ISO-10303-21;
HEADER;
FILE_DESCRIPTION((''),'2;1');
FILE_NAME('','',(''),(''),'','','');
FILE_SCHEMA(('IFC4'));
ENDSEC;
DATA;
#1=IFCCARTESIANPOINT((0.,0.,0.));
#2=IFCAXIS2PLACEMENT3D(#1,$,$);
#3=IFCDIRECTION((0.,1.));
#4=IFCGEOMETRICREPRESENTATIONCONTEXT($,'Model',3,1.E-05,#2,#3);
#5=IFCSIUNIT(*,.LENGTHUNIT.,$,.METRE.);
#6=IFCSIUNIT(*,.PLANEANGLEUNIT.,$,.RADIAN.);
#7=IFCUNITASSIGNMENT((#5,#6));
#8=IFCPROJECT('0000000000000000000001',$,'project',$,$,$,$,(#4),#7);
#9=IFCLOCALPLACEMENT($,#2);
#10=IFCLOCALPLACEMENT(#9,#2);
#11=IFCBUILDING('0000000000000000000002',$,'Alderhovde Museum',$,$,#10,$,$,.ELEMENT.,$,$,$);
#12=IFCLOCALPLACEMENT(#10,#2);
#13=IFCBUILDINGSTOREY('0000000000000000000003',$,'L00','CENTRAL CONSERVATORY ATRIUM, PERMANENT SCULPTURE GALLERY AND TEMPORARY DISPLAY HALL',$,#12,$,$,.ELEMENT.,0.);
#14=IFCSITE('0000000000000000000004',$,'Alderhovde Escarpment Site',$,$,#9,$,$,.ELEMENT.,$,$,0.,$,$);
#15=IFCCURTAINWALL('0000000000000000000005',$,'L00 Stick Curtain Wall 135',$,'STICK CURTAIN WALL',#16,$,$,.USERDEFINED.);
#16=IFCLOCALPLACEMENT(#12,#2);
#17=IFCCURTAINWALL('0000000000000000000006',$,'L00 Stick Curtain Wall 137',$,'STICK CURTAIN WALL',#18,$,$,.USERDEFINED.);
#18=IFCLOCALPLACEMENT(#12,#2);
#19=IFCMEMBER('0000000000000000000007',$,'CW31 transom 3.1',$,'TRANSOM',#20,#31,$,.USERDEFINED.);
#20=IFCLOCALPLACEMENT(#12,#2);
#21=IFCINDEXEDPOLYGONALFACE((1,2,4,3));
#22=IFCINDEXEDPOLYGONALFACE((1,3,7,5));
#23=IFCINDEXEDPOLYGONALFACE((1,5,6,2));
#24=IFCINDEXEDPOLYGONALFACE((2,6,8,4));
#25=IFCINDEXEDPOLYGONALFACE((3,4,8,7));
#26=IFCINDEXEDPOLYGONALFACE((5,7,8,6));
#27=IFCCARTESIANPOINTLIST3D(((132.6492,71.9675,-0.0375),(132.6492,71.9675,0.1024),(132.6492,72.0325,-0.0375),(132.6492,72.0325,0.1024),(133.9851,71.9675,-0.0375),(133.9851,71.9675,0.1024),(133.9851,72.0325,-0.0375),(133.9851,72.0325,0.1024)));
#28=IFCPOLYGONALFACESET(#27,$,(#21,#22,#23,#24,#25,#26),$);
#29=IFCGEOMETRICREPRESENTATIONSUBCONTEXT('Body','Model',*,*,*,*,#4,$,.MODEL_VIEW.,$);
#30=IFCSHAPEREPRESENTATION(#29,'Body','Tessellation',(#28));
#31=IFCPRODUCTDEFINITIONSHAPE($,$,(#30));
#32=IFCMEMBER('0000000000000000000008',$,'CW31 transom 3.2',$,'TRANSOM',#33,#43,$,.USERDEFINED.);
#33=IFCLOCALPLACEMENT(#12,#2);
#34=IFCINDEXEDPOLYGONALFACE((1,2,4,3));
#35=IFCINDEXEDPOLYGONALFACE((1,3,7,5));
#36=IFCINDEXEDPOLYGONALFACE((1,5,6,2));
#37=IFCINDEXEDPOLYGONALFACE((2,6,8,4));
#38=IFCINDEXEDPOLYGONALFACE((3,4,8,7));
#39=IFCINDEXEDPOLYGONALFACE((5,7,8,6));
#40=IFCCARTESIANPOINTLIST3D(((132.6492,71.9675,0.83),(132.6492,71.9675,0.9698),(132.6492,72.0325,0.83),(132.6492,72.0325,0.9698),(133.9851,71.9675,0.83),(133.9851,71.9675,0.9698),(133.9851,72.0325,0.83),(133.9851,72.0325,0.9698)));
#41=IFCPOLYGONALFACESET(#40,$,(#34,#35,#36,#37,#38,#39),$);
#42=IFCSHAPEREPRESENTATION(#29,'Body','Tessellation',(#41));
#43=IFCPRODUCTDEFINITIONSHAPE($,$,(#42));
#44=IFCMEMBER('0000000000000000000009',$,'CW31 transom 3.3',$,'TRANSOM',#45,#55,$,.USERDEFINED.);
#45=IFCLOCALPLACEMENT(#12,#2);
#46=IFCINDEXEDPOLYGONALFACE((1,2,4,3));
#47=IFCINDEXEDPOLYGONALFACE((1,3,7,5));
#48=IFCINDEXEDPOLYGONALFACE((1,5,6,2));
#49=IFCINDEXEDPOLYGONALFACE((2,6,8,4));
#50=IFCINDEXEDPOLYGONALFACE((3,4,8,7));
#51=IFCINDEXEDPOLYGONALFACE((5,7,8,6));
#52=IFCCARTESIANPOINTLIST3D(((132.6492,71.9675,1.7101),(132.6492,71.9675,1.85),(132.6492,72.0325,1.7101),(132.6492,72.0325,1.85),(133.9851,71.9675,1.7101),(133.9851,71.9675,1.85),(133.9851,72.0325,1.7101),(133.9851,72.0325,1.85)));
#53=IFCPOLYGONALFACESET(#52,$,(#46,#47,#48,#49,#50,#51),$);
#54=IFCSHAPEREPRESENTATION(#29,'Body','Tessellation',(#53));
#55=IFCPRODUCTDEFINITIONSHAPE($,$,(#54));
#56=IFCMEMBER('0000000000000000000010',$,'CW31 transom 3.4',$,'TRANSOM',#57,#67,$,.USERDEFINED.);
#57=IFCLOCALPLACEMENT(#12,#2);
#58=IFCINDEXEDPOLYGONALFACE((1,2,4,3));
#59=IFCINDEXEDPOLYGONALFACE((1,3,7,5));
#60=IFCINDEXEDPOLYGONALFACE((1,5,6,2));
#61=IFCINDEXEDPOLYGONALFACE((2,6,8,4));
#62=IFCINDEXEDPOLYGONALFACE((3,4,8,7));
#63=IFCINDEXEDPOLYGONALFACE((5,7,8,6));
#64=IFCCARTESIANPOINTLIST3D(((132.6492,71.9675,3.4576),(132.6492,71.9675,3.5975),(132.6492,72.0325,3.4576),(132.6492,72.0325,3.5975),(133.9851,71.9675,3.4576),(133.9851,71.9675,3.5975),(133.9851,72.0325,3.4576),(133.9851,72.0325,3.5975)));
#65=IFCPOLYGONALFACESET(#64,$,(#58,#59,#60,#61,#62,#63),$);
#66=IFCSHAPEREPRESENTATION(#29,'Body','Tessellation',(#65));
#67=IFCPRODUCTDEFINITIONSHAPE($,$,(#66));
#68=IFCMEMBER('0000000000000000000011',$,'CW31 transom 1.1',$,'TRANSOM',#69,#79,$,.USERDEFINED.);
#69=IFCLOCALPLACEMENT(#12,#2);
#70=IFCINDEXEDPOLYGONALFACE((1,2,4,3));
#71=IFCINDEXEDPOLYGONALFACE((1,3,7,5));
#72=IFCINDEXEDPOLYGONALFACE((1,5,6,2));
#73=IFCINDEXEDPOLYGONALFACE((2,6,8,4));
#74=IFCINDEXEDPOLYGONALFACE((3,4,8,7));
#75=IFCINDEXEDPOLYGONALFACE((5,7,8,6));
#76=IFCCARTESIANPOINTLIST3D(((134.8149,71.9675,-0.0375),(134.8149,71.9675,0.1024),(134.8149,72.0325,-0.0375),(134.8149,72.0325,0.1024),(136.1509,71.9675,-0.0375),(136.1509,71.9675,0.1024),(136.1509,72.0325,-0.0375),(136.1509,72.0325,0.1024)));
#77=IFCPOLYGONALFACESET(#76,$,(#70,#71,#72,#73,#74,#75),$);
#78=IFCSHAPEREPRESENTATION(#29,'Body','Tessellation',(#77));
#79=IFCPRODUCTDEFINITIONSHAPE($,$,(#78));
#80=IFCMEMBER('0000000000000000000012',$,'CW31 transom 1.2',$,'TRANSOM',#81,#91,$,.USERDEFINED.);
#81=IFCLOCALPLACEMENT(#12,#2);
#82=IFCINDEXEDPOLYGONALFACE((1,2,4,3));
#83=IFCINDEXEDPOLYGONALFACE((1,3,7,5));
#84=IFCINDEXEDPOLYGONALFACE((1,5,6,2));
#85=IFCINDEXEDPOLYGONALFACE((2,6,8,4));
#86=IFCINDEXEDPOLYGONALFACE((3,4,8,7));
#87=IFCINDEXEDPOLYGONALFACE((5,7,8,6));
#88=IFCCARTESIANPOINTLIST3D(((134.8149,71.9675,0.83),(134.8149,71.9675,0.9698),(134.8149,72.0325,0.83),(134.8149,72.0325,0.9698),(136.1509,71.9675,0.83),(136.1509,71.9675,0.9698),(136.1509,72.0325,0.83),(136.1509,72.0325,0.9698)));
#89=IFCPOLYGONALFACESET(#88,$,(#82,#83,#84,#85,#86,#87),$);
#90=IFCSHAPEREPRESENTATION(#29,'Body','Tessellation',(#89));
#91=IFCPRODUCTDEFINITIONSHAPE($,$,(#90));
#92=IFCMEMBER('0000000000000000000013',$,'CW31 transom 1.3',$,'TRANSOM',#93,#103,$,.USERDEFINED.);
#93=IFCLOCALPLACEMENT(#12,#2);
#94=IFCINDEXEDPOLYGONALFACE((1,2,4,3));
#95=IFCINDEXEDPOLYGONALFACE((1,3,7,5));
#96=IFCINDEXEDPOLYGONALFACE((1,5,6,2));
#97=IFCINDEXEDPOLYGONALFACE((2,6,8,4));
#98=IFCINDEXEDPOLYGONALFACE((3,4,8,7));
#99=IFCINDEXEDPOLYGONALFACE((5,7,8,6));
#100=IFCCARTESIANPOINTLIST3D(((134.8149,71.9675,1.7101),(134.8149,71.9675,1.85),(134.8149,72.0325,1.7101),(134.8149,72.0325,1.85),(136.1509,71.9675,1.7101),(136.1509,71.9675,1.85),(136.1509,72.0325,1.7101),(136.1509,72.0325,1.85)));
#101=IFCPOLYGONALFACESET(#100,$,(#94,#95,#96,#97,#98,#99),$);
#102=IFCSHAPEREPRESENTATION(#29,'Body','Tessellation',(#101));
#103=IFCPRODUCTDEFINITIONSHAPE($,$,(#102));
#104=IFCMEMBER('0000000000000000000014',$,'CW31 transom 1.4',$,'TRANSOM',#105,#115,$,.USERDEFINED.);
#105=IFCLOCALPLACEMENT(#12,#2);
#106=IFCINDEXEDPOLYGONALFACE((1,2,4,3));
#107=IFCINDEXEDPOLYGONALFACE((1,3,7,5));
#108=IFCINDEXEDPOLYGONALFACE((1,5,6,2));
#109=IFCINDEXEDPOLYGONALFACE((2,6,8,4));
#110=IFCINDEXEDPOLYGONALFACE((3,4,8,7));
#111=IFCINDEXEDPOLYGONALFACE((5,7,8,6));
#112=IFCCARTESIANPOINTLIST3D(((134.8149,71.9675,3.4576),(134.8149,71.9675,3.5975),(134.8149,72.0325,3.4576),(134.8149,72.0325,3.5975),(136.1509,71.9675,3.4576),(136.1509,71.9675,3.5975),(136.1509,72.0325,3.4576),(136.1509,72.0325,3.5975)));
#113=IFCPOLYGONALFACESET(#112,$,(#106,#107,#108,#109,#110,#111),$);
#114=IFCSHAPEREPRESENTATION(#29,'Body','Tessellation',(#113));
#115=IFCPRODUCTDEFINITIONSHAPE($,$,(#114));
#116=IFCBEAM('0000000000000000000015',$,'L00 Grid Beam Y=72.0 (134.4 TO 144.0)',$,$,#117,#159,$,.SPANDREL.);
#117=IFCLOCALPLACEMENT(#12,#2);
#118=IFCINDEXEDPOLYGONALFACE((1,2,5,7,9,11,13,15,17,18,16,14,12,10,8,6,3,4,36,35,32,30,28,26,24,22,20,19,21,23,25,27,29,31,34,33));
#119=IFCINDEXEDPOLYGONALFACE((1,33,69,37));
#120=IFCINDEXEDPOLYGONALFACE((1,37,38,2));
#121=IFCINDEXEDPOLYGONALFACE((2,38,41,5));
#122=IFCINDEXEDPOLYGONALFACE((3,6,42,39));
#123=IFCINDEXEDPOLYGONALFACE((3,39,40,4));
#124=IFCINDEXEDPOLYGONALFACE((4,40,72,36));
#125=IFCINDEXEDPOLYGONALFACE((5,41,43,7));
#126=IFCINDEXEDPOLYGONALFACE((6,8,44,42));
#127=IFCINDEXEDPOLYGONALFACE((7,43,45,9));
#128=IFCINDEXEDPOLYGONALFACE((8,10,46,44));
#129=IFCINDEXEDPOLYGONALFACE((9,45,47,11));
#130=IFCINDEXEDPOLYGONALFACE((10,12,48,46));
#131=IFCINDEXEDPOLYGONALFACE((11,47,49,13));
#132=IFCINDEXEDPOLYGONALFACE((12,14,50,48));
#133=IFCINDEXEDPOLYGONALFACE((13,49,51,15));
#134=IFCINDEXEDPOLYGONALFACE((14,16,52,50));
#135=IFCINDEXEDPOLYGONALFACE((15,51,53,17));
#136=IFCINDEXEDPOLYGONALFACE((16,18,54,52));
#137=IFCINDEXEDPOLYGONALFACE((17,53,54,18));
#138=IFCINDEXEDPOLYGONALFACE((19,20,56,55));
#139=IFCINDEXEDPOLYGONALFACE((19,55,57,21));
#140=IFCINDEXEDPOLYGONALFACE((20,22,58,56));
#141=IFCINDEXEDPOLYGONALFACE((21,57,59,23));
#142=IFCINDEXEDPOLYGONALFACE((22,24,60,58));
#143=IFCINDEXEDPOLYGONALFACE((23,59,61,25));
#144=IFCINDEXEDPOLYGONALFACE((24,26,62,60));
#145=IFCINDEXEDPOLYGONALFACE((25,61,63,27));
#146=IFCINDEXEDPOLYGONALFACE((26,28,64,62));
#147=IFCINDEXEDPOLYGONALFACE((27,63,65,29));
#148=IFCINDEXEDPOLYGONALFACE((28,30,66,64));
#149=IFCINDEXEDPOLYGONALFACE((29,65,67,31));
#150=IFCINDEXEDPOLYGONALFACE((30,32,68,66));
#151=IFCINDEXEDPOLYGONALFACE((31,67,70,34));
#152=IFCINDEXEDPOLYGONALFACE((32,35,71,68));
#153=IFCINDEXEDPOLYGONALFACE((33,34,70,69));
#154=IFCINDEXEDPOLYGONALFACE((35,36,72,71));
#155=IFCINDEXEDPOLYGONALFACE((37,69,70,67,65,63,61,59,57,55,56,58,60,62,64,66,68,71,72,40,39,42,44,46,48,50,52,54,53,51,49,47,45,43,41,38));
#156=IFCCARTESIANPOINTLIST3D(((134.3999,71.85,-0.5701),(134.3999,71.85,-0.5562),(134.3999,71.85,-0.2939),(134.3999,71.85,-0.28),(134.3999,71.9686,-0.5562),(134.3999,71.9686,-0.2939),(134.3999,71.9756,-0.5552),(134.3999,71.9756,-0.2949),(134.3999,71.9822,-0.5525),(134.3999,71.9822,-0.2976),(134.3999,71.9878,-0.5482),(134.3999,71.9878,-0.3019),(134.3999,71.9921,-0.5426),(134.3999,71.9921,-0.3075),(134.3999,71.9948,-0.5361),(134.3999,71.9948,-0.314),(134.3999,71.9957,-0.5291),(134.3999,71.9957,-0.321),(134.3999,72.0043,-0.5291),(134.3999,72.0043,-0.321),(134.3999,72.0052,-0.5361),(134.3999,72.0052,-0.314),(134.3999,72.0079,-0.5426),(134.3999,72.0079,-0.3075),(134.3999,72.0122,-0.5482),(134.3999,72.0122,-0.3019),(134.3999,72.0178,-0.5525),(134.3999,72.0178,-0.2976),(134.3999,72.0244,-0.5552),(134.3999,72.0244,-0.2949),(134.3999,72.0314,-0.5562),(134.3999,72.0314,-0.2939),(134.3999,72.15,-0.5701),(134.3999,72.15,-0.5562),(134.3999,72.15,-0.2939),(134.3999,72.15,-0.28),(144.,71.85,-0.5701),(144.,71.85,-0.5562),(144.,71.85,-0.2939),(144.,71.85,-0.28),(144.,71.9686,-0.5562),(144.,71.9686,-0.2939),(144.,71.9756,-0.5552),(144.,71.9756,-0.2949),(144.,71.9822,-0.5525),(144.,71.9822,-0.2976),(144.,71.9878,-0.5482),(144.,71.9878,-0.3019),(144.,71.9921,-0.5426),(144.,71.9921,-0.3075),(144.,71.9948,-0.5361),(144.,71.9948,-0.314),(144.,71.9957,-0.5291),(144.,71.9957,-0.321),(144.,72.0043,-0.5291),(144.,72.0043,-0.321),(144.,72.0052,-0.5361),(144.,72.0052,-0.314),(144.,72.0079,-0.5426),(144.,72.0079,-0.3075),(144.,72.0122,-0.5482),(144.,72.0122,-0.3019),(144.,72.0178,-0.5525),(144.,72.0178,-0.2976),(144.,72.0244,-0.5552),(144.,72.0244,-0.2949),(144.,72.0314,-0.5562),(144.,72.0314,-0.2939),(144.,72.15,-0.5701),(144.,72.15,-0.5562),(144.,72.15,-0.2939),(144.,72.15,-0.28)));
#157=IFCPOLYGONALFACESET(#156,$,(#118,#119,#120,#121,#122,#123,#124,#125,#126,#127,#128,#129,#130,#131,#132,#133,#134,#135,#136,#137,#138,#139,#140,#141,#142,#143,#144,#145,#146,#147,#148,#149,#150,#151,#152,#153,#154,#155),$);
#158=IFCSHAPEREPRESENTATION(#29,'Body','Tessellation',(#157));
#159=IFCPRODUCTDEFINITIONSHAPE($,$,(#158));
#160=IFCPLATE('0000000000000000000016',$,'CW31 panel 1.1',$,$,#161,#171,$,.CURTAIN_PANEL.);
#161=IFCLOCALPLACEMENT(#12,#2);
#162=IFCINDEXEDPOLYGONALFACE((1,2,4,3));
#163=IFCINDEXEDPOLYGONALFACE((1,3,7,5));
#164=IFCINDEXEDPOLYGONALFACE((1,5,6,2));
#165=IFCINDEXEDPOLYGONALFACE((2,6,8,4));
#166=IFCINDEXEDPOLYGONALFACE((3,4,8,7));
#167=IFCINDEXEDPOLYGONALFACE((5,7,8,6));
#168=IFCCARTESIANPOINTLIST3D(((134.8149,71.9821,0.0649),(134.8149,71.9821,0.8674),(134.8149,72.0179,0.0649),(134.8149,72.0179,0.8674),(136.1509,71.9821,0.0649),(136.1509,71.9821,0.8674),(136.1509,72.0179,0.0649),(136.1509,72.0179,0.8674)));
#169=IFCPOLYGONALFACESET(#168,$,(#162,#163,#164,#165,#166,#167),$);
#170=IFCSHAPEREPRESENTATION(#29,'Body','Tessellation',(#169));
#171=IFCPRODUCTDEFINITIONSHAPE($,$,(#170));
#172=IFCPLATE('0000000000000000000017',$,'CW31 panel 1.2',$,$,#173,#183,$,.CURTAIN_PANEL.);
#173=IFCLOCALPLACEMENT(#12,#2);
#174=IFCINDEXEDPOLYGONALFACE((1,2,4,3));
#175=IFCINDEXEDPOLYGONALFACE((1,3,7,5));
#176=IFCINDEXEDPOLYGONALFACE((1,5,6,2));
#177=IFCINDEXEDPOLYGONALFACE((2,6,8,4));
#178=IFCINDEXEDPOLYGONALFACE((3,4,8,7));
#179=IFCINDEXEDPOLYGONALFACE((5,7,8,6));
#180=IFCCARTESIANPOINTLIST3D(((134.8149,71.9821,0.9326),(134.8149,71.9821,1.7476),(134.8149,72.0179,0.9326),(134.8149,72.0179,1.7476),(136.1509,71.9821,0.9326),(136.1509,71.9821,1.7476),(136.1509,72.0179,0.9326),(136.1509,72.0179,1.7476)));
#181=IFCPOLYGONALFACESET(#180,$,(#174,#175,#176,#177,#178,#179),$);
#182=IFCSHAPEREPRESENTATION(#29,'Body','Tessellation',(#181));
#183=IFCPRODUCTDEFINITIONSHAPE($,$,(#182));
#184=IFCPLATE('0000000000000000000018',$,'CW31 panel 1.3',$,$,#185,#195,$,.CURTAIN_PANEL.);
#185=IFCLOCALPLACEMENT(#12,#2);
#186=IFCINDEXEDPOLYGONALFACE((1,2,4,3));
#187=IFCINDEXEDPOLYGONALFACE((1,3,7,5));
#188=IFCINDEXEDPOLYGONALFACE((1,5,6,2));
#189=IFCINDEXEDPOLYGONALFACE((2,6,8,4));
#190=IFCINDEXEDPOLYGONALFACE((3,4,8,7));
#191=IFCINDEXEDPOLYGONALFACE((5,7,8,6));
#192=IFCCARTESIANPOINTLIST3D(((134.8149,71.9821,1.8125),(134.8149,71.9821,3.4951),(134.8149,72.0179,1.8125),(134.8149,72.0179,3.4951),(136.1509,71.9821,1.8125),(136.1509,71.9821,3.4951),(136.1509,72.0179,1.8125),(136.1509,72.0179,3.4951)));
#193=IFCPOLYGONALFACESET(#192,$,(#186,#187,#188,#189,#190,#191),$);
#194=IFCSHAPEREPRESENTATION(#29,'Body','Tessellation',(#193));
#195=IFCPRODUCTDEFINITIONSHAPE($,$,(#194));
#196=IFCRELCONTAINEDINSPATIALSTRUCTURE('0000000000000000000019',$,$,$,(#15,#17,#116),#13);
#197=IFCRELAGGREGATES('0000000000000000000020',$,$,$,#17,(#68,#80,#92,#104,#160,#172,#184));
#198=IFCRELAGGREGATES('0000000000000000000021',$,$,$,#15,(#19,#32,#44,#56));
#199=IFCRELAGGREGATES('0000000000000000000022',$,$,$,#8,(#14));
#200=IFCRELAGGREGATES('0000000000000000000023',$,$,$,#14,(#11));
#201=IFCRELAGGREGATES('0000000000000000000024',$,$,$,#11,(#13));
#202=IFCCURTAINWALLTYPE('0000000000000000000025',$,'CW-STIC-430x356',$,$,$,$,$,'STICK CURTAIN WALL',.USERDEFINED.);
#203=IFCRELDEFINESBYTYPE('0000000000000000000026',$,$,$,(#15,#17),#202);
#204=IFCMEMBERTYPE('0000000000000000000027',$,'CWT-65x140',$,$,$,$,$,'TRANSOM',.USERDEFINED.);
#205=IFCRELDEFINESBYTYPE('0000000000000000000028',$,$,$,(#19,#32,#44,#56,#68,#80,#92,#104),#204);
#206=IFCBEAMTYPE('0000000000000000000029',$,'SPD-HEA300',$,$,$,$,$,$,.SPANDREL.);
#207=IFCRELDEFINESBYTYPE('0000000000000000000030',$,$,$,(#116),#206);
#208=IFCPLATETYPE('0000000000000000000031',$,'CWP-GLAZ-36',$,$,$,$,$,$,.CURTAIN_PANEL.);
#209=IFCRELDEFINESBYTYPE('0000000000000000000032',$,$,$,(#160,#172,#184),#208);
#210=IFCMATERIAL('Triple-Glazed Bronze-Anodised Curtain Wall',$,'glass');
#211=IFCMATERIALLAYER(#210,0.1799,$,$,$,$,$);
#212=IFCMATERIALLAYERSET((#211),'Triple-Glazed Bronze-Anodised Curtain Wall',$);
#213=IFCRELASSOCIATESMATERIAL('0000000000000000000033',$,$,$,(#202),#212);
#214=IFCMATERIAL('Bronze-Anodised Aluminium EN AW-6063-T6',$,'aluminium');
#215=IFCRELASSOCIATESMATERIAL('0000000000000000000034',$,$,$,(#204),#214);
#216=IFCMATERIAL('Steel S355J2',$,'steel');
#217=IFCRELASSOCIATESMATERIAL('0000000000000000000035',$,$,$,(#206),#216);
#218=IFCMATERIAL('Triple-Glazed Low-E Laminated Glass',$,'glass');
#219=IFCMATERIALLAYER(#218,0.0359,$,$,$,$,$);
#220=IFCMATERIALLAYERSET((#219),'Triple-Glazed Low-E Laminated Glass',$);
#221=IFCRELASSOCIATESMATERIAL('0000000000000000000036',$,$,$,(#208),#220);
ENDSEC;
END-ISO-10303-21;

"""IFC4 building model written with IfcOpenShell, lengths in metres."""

from ifc_helpers import new_model, si_unit, direction, frame, origin, origin_2d, place, context, subcontext, project, spatial, rectangle, i_section, extrude, material, layer, layer_set, material_profile, profile_set, type_object, element, aggregate, save


model = new_model("IFC4")

# Units and contexts
model_context = context("Model", 3, precision=1e-05, world=origin(), true_north=direction((0.0, 1.0)))
body_context = subcontext(model_context, "Body", "Model", "MODEL_VIEW")
ifc_project = project(units=[si_unit("LENGTHUNIT", "METRE"), si_unit("PLANEANGLEUNIT", "RADIAN")], contexts=[model_context])

# Site, building, storey
site_placement = place(None, origin())
site = spatial("IfcSite", under=ifc_project, at=site_placement, Name="Alderhovde Escarpment Site", CompositionType="ELEMENT", RefElevation=0.0)
building_placement = place(site_placement, origin())
building = spatial("IfcBuilding", under=site, at=building_placement, Name="Alderhovde Museum", CompositionType="ELEMENT")
storey_placement = place(building_placement, origin())
storey = spatial("IfcBuildingStorey", under=building, at=storey_placement, Name="L00", Description="CENTRAL CONSERVATORY ATRIUM, PERMANENT SCULPTURE GALLERY AND TEMPORARY DISPLAY HALL", CompositionType="ELEMENT", Elevation=0.0)

# Curtain walls
ifc_material_1 = material(Name="Triple-Glazed Bronze-Anodised Curtain Wall", Category="glass")
ifc_layer_1 = layer(ifc_material_1, 0.1799)
ifc_layer_set_1 = layer_set([ifc_layer_1], Name="Triple-Glazed Bronze-Anodised Curtain Wall")
curtain_wall_type = type_object("IfcCurtainWallType", Name="CW-STIC-430x356", ElementType="STICK CURTAIN WALL", PredefinedType="USERDEFINED", material=ifc_layer_set_1)
curtain_wall_1_placement = place(storey_placement, origin())
curtain_wall_1 = element("IfcCurtainWall", 1, at=curtain_wall_1_placement, inside=storey, type_object=curtain_wall_type, Name="L00 Stick Curtain Wall 135", ObjectType="STICK CURTAIN WALL", PredefinedType="USERDEFINED")
curtain_wall_2_placement = place(storey_placement, origin())
curtain_wall_2 = element("IfcCurtainWall", 2, at=curtain_wall_2_placement, inside=storey, type_object=curtain_wall_type, Name="L00 Stick Curtain Wall 137", ObjectType="STICK CURTAIN WALL", PredefinedType="USERDEFINED")

# Members
ifc_material_2 = material(Name="Bronze-Anodised Aluminium EN AW-6063-T6", Category="aluminium")
ifc_material_profile_1 = material_profile(ifc_material_2, rectangle(XDim=0.0649, YDim=0.1399, at=origin_2d()), Name="TRANSOM 65x140")
ifc_profile_set_1 = profile_set([ifc_material_profile_1], Name="Bronze-Anodised Aluminium EN AW-6063-T6")
member_type_1 = type_object("IfcMemberType", Name="CWT-65x140", ElementType="TRANSOM", PredefinedType="USERDEFINED", material=ifc_profile_set_1)
member_1_placement = place(storey_placement, frame((132.6492, 72.0, 0.0325), z_axis=(1.0, 0.0, 0.0), x_axis=(0.0, 1.0, 0.0)))
member_1 = element("IfcMember", 3, at=member_1_placement, type_object=member_type_1, Name="CW31 transom 3.1", ObjectType="TRANSOM", PredefinedType="USERDEFINED", context=body_context, shape_type="SweptSolid", body=[
    extrude(rectangle(XDim=0.0649, YDim=0.1399, at=origin_2d()), origin(), (0.0, 0.0, 1.0), 1.3359),
])
member_2_placement = place(storey_placement, frame((132.6492, 72.0, 0.8999), z_axis=(1.0, 0.0, 0.0), x_axis=(0.0, 1.0, 0.0)))
member_2 = element("IfcMember", 4, at=member_2_placement, type_object=member_type_1, Name="CW31 transom 3.2", ObjectType="TRANSOM", PredefinedType="USERDEFINED", context=body_context, shape_type="SweptSolid", body=[
    extrude(rectangle(XDim=0.0649, YDim=0.1399, at=origin_2d()), origin(), (0.0, 0.0, 1.0), 1.3359),
])
member_3_placement = place(storey_placement, frame((132.6492, 72.0, 1.78), z_axis=(1.0, 0.0, 0.0), x_axis=(0.0, 1.0, 0.0)))
member_3 = element("IfcMember", 5, at=member_3_placement, type_object=member_type_1, Name="CW31 transom 3.3", ObjectType="TRANSOM", PredefinedType="USERDEFINED", context=body_context, shape_type="SweptSolid", body=[
    extrude(rectangle(XDim=0.0649, YDim=0.1399, at=origin_2d()), origin(), (0.0, 0.0, 1.0), 1.3359),
])
member_4_placement = place(storey_placement, frame((132.6492, 72.0, 3.5276), z_axis=(1.0, 0.0, 0.0), x_axis=(0.0, 1.0, 0.0)))
member_4 = element("IfcMember", 6, at=member_4_placement, type_object=member_type_1, Name="CW31 transom 3.4", ObjectType="TRANSOM", PredefinedType="USERDEFINED", context=body_context, shape_type="SweptSolid", body=[
    extrude(rectangle(XDim=0.0649, YDim=0.1399, at=origin_2d()), origin(), (0.0, 0.0, 1.0), 1.3359),
])
member_5_placement = place(storey_placement, frame((134.8149, 72.0, 0.0325), z_axis=(1.0, 0.0, 0.0), x_axis=(0.0, 1.0, 0.0)))
member_5 = element("IfcMember", 7, at=member_5_placement, type_object=member_type_1, Name="CW31 transom 1.1", ObjectType="TRANSOM", PredefinedType="USERDEFINED", context=body_context, shape_type="SweptSolid", body=[
    extrude(rectangle(XDim=0.0649, YDim=0.1399, at=origin_2d()), origin(), (0.0, 0.0, 1.0), 1.3359),
])
member_6_placement = place(storey_placement, frame((134.8149, 72.0, 0.8999), z_axis=(1.0, 0.0, 0.0), x_axis=(0.0, 1.0, 0.0)))
member_6 = element("IfcMember", 8, at=member_6_placement, type_object=member_type_1, Name="CW31 transom 1.2", ObjectType="TRANSOM", PredefinedType="USERDEFINED", context=body_context, shape_type="SweptSolid", body=[
    extrude(rectangle(XDim=0.0649, YDim=0.1399, at=origin_2d()), origin(), (0.0, 0.0, 1.0), 1.3359),
])
member_7_placement = place(storey_placement, frame((134.8149, 72.0, 1.78), z_axis=(1.0, 0.0, 0.0), x_axis=(0.0, 1.0, 0.0)))
member_7 = element("IfcMember", 9, at=member_7_placement, type_object=member_type_1, Name="CW31 transom 1.3", ObjectType="TRANSOM", PredefinedType="USERDEFINED", context=body_context, shape_type="SweptSolid", body=[
    extrude(rectangle(XDim=0.0649, YDim=0.1399, at=origin_2d()), origin(), (0.0, 0.0, 1.0), 1.3359),
])
member_8_placement = place(storey_placement, frame((134.8149, 72.0, 3.5276), z_axis=(1.0, 0.0, 0.0), x_axis=(0.0, 1.0, 0.0)))
member_8 = element("IfcMember", 10, at=member_8_placement, type_object=member_type_1, Name="CW31 transom 1.4", ObjectType="TRANSOM", PredefinedType="USERDEFINED", context=body_context, shape_type="SweptSolid", body=[
    extrude(rectangle(XDim=0.0649, YDim=0.1399, at=origin_2d()), origin(), (0.0, 0.0, 1.0), 1.3359),
])

# Beam
ifc_material_3 = material(Name="Steel S355J2", Category="steel")
ifc_material_profile_2 = material_profile(ifc_material_3, i_section(OverallWidth=0.3, OverallDepth=0.29, WebThickness=0.0085, FlangeThickness=0.0139, FilletRadius=0.0271, at=origin_2d()), Name="HEA 300")
ifc_profile_set_2 = profile_set([ifc_material_profile_2], Name="Steel S355J2")
beam_type_1 = type_object("IfcBeamType", Name="SPD-HEA300", PredefinedType="SPANDREL", material=ifc_profile_set_2)
beam_1_placement = place(storey_placement, frame((134.3999, 72.0, -0.425), z_axis=(1.0, 0.0, 0.0), x_axis=(0.0, 1.0, 0.0)))
element("IfcBeam", 11, at=beam_1_placement, inside=storey, type_object=beam_type_1, Name="L00 Grid Beam Y=72.0 (134.4 TO 144.0)", PredefinedType="SPANDREL", context=body_context, shape_type="SweptSolid", body=[
    extrude(i_section(OverallWidth=0.3, OverallDepth=0.29, WebThickness=0.0085, FlangeThickness=0.0139, FilletRadius=0.0271, at=origin_2d()), origin(), (0.0, 0.0, 1.0), 9.6001),
])

# Plates
ifc_material_4 = material(Name="Triple-Glazed Low-E Laminated Glass", Category="glass")
ifc_layer_2 = layer(ifc_material_4, 0.0359)
ifc_layer_set_2 = layer_set([ifc_layer_2], Name="Triple-Glazed Low-E Laminated Glass")
plate_type_1 = type_object("IfcPlateType", Name="CWP-GLAZ-36", PredefinedType="CURTAIN_PANEL", material=ifc_layer_set_2)
plate_1_placement = place(storey_placement, frame((135.4829, 72.0, 0.0649), z_axis=(0.0, 0.0, 1.0), x_axis=(1.0, 0.0, 0.0)))
plate_1 = element("IfcPlate", 12, at=plate_1_placement, type_object=plate_type_1, Name="CW31 panel 1.1", PredefinedType="CURTAIN_PANEL", context=body_context, shape_type="SweptSolid", body=[
    extrude(rectangle(XDim=1.3359, YDim=0.0359, at=origin_2d()), origin(), (0.0, 0.0, 1.0), 0.8025),
])
plate_2_placement = place(storey_placement, frame((135.4829, 72.0, 0.9326), z_axis=(0.0, 0.0, 1.0), x_axis=(1.0, 0.0, 0.0)))
plate_2 = element("IfcPlate", 13, at=plate_2_placement, type_object=plate_type_1, Name="CW31 panel 1.2", PredefinedType="CURTAIN_PANEL", context=body_context, shape_type="SweptSolid", body=[
    extrude(rectangle(XDim=1.3359, YDim=0.0359, at=origin_2d()), origin(), (0.0, 0.0, 1.0), 0.8149),
])
plate_3_placement = place(storey_placement, frame((135.4829, 72.0, 1.8125), z_axis=(0.0, 0.0, 1.0), x_axis=(1.0, 0.0, 0.0)))
plate_3 = element("IfcPlate", 14, at=plate_3_placement, type_object=plate_type_1, Name="CW31 panel 1.3", PredefinedType="CURTAIN_PANEL", context=body_context, shape_type="SweptSolid", body=[
    extrude(rectangle(XDim=1.3359, YDim=0.0359, at=origin_2d()), origin(), (0.0, 0.0, 1.0), 1.6826),
])
aggregate(curtain_wall_2, [member_5, member_6, member_7, member_8, plate_1, plate_2, plate_3])
aggregate(curtain_wall_1, [member_1, member_2, member_3, member_4])

save(model, "model.ifc")
